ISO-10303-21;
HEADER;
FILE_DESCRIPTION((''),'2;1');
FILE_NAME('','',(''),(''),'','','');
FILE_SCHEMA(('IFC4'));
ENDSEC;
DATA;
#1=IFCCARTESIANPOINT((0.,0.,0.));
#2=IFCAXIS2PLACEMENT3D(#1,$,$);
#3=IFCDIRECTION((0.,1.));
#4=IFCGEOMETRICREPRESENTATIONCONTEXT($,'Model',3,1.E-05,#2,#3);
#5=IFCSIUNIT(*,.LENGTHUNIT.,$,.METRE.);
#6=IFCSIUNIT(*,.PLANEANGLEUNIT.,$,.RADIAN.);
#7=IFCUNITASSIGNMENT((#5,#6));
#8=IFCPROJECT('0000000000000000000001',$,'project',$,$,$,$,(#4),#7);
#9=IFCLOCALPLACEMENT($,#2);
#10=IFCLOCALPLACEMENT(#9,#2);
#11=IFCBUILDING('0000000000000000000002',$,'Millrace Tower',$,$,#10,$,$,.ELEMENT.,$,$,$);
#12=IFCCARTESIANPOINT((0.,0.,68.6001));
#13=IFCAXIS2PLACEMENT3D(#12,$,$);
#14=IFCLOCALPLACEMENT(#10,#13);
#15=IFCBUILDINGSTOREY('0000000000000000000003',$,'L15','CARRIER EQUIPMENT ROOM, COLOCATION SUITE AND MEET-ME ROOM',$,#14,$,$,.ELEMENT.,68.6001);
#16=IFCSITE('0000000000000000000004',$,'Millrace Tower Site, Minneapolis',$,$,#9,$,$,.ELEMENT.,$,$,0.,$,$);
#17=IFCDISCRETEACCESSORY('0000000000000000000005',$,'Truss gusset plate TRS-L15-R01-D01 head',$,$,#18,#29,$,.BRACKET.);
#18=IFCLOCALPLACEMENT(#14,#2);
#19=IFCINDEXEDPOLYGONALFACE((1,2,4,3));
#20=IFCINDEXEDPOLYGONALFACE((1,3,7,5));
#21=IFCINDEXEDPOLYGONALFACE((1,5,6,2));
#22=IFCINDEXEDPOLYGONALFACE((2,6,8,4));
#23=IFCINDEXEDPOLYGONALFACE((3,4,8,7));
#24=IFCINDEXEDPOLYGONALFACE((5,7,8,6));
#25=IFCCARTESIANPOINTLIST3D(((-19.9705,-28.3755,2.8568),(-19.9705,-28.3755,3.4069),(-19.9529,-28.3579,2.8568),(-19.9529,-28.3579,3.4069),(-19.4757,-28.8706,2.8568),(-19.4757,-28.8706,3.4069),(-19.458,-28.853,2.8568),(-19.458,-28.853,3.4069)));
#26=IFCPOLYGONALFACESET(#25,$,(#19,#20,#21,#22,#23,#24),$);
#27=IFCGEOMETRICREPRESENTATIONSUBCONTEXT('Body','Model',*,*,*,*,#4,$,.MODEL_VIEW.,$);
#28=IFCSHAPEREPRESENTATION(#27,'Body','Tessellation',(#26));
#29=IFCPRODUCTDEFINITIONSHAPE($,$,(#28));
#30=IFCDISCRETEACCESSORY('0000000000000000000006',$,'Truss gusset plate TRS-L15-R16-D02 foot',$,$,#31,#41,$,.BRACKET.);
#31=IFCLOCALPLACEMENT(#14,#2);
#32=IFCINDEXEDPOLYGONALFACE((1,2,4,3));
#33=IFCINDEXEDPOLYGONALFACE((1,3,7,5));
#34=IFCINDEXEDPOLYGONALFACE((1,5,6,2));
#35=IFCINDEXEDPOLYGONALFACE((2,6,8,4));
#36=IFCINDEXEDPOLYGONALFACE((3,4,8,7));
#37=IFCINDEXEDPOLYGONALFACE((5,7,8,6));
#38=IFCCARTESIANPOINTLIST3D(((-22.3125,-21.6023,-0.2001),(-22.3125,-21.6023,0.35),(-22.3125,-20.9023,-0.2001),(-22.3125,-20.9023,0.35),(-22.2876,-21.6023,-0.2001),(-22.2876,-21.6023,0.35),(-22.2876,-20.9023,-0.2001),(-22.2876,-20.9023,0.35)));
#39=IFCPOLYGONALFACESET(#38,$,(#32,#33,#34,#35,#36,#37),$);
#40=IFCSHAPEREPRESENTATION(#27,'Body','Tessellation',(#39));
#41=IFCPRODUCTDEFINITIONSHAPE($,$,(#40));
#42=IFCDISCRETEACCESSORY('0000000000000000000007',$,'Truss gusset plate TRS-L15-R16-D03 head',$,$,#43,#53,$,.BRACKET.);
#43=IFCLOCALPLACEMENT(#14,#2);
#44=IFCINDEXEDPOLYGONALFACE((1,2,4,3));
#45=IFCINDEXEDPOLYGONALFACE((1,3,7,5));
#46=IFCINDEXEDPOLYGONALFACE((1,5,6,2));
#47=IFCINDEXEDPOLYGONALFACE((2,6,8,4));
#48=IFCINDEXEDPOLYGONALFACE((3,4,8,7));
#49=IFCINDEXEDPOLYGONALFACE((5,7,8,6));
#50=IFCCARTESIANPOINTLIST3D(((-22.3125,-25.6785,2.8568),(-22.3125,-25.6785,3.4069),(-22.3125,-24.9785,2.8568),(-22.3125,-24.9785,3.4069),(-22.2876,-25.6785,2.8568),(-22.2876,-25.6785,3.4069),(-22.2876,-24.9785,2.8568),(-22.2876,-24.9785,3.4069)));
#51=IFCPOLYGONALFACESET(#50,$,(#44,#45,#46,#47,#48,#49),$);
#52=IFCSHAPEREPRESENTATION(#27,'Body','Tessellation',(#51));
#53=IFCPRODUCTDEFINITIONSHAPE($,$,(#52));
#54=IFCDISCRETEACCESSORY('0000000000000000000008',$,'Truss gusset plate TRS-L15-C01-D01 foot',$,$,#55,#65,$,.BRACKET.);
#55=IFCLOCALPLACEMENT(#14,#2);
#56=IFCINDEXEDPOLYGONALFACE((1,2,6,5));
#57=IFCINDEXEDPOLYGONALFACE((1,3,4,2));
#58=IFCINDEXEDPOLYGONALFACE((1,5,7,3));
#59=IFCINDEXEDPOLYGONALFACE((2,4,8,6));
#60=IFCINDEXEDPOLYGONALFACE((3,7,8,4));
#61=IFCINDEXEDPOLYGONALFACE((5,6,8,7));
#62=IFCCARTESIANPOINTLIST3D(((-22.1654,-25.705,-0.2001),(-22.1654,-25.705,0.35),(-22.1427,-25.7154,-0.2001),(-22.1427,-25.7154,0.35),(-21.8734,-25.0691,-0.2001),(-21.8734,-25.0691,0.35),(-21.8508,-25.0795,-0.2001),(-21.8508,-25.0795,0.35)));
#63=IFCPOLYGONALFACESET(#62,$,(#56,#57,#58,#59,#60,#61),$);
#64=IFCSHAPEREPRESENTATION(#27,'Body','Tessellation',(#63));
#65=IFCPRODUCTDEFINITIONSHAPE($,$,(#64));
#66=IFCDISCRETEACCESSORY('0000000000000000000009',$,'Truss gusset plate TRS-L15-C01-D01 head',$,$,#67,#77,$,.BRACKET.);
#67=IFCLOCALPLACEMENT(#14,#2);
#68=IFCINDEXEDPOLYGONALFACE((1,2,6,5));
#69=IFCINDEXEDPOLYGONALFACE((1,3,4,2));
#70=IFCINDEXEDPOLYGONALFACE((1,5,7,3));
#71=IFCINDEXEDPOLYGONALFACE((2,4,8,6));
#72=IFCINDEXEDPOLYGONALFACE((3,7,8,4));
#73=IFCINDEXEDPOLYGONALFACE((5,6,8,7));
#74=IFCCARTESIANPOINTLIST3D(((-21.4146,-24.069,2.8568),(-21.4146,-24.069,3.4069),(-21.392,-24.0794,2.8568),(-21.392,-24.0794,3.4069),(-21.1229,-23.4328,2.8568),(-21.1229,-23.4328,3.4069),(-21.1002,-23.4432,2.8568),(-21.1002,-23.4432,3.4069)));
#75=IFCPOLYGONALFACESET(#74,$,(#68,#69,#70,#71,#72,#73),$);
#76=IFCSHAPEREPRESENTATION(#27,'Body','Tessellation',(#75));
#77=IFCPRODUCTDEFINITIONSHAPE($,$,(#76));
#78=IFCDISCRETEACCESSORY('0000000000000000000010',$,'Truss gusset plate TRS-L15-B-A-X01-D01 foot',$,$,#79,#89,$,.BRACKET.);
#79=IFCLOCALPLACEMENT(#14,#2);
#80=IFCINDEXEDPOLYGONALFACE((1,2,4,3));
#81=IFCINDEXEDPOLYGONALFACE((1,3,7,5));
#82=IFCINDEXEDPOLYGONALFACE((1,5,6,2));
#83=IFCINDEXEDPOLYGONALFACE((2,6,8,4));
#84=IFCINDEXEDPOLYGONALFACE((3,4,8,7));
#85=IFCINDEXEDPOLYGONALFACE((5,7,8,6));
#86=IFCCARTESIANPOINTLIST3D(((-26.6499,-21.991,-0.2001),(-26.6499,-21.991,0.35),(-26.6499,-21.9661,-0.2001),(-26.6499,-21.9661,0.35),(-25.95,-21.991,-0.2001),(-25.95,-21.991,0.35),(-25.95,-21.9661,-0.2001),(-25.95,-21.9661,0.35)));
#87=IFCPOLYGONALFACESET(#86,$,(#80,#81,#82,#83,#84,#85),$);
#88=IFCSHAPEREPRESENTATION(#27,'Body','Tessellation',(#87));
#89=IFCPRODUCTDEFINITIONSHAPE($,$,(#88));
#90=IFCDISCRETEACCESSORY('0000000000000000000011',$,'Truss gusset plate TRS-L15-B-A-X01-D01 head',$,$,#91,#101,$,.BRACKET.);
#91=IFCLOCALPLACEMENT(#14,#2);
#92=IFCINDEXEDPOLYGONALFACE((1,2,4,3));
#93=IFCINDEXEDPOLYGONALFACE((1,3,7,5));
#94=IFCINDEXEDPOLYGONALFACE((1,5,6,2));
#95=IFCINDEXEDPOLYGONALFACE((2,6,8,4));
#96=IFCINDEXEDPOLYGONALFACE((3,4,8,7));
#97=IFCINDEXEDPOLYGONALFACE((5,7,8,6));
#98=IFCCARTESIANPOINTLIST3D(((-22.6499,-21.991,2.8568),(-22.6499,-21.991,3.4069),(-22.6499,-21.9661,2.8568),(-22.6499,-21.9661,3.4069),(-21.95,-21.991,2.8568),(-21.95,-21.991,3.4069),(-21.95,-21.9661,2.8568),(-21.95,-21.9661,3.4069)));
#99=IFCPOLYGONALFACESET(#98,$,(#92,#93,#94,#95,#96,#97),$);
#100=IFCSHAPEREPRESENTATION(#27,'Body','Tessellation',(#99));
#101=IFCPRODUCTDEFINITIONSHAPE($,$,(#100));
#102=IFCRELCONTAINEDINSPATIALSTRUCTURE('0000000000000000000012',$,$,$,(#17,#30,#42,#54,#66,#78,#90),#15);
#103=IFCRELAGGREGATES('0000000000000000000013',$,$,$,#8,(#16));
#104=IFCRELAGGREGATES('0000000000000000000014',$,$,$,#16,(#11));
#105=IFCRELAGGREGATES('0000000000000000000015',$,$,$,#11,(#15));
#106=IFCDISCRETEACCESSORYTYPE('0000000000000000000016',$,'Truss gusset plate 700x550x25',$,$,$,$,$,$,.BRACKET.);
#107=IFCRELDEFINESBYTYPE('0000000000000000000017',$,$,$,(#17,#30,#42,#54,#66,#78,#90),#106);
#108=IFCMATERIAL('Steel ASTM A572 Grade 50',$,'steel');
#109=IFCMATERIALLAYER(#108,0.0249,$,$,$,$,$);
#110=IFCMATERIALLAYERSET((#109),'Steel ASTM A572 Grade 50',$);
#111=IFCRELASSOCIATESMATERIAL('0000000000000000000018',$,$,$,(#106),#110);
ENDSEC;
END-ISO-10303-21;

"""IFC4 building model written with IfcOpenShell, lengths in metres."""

from ifc_helpers import new_model, si_unit, direction, frame, origin, origin_2d, place, context, subcontext, project, spatial, rectangle, extrude, material, layer, layer_set, type_object, element, save


model = new_model("IFC4")

# Units and contexts
model_context = context("Model", 3, precision=1e-05, world=origin(), true_north=direction((0.0, 1.0)))
body_context = subcontext(model_context, "Body", "Model", "MODEL_VIEW")
ifc_project = project(units=[si_unit("LENGTHUNIT", "METRE"), si_unit("PLANEANGLEUNIT", "RADIAN")], contexts=[model_context])

# Site, building, storey
site_placement = place(None, origin())
site = spatial("IfcSite", under=ifc_project, at=site_placement, Name="Millrace Tower Site, Minneapolis", CompositionType="ELEMENT", RefElevation=0.0)
building_placement = place(site_placement, origin())
building = spatial("IfcBuilding", under=site, at=building_placement, Name="Millrace Tower", CompositionType="ELEMENT")
storey_placement = place(building_placement, frame((0.0, 0.0, 68.6001)))
storey = spatial("IfcBuildingStorey", under=building, at=storey_placement, Name="L15", Description="CARRIER EQUIPMENT ROOM, COLOCATION SUITE AND MEET-ME ROOM", CompositionType="ELEMENT", Elevation=68.6001)

# Discrete accessories
ifc_material_1 = material(Name="Steel ASTM A572 Grade 50", Category="steel")
ifc_layer_1 = layer(ifc_material_1, 0.0249)
ifc_layer_set_1 = layer_set([ifc_layer_1], Name="Steel ASTM A572 Grade 50")
discrete_accessory_type = type_object("IfcDiscreteAccessoryType", Name="Truss gusset plate 700x550x25", PredefinedType="BRACKET", material=ifc_layer_set_1)
for number, where, z_axis, x_axis, name in (
    (1, (-19.9617, -28.3667, 3.1318), (0.706932, -0.707281, 0.0), (0.707281, 0.706932, 0.0), "Truss gusset plate TRS-L15-R01-D01 head"),
    (2, (-22.3, -21.6023, 0.075), (0.0, 1.0, 0.0), (-1.0, 0.0, 0.0), "Truss gusset plate TRS-L15-R16-D02 foot"),
    (3, (-22.3, -25.6785, 3.1318), (0.0, 1.0, 0.0), (-1.0, 0.0, 0.0), "Truss gusset plate TRS-L15-R16-D03 head"),
):
    element("IfcDiscreteAccessory", number, at=place(storey_placement, frame(where, z_axis=z_axis, x_axis=x_axis)), inside=storey, type_object=discrete_accessory_type, Name=name, PredefinedType="BRACKET", context=body_context, shape_type="SweptSolid", body=[
        extrude(rectangle(XDim=0.0249, YDim=0.55, at=origin_2d()), origin(), (0.0, 0.0, 1.0), 0.7),
    ])
discrete_accessory_placement = place(storey_placement, frame((-22.1541, -25.7102, 0.075), z_axis=(0.417243, 0.908795, 0.0), x_axis=(-0.908795, 0.417243, 0.0)))
element("IfcDiscreteAccessory", 4, at=discrete_accessory_placement, inside=storey, type_object=discrete_accessory_type, Name="Truss gusset plate TRS-L15-C01-D01 foot", PredefinedType="BRACKET", context=body_context, shape_type="SweptSolid", body=[
    extrude(rectangle(XDim=0.0249, YDim=0.55, at=origin_2d()), origin(), (0.0, 0.0, 1.0), 0.6997),
])
for number, where, z_axis, x_axis, name in (
    (5, (-21.4033, -24.0742, 3.1318), (0.416823, 0.908988, 0.0), (-0.908988, 0.416823, 0.0), "Truss gusset plate TRS-L15-C01-D01 head"),
    (6, (-26.6499, -21.9785, 0.075), (1.0, 0.0, 0.0), (0.0, 1.0, 0.0), "Truss gusset plate TRS-L15-B-A-X01-D01 foot"),
    (7, (-22.6499, -21.9785, 3.1318), (1.0, 0.0, 0.0), (0.0, 1.0, 0.0), "Truss gusset plate TRS-L15-B-A-X01-D01 head"),
):
    element("IfcDiscreteAccessory", number, at=place(storey_placement, frame(where, z_axis=z_axis, x_axis=x_axis)), inside=storey, type_object=discrete_accessory_type, Name=name, PredefinedType="BRACKET", context=body_context, shape_type="SweptSolid", body=[
        extrude(rectangle(XDim=0.0249, YDim=0.55, at=origin_2d()), origin(), (0.0, 0.0, 1.0), 0.7),
    ])

save(model, "model.ifc")
